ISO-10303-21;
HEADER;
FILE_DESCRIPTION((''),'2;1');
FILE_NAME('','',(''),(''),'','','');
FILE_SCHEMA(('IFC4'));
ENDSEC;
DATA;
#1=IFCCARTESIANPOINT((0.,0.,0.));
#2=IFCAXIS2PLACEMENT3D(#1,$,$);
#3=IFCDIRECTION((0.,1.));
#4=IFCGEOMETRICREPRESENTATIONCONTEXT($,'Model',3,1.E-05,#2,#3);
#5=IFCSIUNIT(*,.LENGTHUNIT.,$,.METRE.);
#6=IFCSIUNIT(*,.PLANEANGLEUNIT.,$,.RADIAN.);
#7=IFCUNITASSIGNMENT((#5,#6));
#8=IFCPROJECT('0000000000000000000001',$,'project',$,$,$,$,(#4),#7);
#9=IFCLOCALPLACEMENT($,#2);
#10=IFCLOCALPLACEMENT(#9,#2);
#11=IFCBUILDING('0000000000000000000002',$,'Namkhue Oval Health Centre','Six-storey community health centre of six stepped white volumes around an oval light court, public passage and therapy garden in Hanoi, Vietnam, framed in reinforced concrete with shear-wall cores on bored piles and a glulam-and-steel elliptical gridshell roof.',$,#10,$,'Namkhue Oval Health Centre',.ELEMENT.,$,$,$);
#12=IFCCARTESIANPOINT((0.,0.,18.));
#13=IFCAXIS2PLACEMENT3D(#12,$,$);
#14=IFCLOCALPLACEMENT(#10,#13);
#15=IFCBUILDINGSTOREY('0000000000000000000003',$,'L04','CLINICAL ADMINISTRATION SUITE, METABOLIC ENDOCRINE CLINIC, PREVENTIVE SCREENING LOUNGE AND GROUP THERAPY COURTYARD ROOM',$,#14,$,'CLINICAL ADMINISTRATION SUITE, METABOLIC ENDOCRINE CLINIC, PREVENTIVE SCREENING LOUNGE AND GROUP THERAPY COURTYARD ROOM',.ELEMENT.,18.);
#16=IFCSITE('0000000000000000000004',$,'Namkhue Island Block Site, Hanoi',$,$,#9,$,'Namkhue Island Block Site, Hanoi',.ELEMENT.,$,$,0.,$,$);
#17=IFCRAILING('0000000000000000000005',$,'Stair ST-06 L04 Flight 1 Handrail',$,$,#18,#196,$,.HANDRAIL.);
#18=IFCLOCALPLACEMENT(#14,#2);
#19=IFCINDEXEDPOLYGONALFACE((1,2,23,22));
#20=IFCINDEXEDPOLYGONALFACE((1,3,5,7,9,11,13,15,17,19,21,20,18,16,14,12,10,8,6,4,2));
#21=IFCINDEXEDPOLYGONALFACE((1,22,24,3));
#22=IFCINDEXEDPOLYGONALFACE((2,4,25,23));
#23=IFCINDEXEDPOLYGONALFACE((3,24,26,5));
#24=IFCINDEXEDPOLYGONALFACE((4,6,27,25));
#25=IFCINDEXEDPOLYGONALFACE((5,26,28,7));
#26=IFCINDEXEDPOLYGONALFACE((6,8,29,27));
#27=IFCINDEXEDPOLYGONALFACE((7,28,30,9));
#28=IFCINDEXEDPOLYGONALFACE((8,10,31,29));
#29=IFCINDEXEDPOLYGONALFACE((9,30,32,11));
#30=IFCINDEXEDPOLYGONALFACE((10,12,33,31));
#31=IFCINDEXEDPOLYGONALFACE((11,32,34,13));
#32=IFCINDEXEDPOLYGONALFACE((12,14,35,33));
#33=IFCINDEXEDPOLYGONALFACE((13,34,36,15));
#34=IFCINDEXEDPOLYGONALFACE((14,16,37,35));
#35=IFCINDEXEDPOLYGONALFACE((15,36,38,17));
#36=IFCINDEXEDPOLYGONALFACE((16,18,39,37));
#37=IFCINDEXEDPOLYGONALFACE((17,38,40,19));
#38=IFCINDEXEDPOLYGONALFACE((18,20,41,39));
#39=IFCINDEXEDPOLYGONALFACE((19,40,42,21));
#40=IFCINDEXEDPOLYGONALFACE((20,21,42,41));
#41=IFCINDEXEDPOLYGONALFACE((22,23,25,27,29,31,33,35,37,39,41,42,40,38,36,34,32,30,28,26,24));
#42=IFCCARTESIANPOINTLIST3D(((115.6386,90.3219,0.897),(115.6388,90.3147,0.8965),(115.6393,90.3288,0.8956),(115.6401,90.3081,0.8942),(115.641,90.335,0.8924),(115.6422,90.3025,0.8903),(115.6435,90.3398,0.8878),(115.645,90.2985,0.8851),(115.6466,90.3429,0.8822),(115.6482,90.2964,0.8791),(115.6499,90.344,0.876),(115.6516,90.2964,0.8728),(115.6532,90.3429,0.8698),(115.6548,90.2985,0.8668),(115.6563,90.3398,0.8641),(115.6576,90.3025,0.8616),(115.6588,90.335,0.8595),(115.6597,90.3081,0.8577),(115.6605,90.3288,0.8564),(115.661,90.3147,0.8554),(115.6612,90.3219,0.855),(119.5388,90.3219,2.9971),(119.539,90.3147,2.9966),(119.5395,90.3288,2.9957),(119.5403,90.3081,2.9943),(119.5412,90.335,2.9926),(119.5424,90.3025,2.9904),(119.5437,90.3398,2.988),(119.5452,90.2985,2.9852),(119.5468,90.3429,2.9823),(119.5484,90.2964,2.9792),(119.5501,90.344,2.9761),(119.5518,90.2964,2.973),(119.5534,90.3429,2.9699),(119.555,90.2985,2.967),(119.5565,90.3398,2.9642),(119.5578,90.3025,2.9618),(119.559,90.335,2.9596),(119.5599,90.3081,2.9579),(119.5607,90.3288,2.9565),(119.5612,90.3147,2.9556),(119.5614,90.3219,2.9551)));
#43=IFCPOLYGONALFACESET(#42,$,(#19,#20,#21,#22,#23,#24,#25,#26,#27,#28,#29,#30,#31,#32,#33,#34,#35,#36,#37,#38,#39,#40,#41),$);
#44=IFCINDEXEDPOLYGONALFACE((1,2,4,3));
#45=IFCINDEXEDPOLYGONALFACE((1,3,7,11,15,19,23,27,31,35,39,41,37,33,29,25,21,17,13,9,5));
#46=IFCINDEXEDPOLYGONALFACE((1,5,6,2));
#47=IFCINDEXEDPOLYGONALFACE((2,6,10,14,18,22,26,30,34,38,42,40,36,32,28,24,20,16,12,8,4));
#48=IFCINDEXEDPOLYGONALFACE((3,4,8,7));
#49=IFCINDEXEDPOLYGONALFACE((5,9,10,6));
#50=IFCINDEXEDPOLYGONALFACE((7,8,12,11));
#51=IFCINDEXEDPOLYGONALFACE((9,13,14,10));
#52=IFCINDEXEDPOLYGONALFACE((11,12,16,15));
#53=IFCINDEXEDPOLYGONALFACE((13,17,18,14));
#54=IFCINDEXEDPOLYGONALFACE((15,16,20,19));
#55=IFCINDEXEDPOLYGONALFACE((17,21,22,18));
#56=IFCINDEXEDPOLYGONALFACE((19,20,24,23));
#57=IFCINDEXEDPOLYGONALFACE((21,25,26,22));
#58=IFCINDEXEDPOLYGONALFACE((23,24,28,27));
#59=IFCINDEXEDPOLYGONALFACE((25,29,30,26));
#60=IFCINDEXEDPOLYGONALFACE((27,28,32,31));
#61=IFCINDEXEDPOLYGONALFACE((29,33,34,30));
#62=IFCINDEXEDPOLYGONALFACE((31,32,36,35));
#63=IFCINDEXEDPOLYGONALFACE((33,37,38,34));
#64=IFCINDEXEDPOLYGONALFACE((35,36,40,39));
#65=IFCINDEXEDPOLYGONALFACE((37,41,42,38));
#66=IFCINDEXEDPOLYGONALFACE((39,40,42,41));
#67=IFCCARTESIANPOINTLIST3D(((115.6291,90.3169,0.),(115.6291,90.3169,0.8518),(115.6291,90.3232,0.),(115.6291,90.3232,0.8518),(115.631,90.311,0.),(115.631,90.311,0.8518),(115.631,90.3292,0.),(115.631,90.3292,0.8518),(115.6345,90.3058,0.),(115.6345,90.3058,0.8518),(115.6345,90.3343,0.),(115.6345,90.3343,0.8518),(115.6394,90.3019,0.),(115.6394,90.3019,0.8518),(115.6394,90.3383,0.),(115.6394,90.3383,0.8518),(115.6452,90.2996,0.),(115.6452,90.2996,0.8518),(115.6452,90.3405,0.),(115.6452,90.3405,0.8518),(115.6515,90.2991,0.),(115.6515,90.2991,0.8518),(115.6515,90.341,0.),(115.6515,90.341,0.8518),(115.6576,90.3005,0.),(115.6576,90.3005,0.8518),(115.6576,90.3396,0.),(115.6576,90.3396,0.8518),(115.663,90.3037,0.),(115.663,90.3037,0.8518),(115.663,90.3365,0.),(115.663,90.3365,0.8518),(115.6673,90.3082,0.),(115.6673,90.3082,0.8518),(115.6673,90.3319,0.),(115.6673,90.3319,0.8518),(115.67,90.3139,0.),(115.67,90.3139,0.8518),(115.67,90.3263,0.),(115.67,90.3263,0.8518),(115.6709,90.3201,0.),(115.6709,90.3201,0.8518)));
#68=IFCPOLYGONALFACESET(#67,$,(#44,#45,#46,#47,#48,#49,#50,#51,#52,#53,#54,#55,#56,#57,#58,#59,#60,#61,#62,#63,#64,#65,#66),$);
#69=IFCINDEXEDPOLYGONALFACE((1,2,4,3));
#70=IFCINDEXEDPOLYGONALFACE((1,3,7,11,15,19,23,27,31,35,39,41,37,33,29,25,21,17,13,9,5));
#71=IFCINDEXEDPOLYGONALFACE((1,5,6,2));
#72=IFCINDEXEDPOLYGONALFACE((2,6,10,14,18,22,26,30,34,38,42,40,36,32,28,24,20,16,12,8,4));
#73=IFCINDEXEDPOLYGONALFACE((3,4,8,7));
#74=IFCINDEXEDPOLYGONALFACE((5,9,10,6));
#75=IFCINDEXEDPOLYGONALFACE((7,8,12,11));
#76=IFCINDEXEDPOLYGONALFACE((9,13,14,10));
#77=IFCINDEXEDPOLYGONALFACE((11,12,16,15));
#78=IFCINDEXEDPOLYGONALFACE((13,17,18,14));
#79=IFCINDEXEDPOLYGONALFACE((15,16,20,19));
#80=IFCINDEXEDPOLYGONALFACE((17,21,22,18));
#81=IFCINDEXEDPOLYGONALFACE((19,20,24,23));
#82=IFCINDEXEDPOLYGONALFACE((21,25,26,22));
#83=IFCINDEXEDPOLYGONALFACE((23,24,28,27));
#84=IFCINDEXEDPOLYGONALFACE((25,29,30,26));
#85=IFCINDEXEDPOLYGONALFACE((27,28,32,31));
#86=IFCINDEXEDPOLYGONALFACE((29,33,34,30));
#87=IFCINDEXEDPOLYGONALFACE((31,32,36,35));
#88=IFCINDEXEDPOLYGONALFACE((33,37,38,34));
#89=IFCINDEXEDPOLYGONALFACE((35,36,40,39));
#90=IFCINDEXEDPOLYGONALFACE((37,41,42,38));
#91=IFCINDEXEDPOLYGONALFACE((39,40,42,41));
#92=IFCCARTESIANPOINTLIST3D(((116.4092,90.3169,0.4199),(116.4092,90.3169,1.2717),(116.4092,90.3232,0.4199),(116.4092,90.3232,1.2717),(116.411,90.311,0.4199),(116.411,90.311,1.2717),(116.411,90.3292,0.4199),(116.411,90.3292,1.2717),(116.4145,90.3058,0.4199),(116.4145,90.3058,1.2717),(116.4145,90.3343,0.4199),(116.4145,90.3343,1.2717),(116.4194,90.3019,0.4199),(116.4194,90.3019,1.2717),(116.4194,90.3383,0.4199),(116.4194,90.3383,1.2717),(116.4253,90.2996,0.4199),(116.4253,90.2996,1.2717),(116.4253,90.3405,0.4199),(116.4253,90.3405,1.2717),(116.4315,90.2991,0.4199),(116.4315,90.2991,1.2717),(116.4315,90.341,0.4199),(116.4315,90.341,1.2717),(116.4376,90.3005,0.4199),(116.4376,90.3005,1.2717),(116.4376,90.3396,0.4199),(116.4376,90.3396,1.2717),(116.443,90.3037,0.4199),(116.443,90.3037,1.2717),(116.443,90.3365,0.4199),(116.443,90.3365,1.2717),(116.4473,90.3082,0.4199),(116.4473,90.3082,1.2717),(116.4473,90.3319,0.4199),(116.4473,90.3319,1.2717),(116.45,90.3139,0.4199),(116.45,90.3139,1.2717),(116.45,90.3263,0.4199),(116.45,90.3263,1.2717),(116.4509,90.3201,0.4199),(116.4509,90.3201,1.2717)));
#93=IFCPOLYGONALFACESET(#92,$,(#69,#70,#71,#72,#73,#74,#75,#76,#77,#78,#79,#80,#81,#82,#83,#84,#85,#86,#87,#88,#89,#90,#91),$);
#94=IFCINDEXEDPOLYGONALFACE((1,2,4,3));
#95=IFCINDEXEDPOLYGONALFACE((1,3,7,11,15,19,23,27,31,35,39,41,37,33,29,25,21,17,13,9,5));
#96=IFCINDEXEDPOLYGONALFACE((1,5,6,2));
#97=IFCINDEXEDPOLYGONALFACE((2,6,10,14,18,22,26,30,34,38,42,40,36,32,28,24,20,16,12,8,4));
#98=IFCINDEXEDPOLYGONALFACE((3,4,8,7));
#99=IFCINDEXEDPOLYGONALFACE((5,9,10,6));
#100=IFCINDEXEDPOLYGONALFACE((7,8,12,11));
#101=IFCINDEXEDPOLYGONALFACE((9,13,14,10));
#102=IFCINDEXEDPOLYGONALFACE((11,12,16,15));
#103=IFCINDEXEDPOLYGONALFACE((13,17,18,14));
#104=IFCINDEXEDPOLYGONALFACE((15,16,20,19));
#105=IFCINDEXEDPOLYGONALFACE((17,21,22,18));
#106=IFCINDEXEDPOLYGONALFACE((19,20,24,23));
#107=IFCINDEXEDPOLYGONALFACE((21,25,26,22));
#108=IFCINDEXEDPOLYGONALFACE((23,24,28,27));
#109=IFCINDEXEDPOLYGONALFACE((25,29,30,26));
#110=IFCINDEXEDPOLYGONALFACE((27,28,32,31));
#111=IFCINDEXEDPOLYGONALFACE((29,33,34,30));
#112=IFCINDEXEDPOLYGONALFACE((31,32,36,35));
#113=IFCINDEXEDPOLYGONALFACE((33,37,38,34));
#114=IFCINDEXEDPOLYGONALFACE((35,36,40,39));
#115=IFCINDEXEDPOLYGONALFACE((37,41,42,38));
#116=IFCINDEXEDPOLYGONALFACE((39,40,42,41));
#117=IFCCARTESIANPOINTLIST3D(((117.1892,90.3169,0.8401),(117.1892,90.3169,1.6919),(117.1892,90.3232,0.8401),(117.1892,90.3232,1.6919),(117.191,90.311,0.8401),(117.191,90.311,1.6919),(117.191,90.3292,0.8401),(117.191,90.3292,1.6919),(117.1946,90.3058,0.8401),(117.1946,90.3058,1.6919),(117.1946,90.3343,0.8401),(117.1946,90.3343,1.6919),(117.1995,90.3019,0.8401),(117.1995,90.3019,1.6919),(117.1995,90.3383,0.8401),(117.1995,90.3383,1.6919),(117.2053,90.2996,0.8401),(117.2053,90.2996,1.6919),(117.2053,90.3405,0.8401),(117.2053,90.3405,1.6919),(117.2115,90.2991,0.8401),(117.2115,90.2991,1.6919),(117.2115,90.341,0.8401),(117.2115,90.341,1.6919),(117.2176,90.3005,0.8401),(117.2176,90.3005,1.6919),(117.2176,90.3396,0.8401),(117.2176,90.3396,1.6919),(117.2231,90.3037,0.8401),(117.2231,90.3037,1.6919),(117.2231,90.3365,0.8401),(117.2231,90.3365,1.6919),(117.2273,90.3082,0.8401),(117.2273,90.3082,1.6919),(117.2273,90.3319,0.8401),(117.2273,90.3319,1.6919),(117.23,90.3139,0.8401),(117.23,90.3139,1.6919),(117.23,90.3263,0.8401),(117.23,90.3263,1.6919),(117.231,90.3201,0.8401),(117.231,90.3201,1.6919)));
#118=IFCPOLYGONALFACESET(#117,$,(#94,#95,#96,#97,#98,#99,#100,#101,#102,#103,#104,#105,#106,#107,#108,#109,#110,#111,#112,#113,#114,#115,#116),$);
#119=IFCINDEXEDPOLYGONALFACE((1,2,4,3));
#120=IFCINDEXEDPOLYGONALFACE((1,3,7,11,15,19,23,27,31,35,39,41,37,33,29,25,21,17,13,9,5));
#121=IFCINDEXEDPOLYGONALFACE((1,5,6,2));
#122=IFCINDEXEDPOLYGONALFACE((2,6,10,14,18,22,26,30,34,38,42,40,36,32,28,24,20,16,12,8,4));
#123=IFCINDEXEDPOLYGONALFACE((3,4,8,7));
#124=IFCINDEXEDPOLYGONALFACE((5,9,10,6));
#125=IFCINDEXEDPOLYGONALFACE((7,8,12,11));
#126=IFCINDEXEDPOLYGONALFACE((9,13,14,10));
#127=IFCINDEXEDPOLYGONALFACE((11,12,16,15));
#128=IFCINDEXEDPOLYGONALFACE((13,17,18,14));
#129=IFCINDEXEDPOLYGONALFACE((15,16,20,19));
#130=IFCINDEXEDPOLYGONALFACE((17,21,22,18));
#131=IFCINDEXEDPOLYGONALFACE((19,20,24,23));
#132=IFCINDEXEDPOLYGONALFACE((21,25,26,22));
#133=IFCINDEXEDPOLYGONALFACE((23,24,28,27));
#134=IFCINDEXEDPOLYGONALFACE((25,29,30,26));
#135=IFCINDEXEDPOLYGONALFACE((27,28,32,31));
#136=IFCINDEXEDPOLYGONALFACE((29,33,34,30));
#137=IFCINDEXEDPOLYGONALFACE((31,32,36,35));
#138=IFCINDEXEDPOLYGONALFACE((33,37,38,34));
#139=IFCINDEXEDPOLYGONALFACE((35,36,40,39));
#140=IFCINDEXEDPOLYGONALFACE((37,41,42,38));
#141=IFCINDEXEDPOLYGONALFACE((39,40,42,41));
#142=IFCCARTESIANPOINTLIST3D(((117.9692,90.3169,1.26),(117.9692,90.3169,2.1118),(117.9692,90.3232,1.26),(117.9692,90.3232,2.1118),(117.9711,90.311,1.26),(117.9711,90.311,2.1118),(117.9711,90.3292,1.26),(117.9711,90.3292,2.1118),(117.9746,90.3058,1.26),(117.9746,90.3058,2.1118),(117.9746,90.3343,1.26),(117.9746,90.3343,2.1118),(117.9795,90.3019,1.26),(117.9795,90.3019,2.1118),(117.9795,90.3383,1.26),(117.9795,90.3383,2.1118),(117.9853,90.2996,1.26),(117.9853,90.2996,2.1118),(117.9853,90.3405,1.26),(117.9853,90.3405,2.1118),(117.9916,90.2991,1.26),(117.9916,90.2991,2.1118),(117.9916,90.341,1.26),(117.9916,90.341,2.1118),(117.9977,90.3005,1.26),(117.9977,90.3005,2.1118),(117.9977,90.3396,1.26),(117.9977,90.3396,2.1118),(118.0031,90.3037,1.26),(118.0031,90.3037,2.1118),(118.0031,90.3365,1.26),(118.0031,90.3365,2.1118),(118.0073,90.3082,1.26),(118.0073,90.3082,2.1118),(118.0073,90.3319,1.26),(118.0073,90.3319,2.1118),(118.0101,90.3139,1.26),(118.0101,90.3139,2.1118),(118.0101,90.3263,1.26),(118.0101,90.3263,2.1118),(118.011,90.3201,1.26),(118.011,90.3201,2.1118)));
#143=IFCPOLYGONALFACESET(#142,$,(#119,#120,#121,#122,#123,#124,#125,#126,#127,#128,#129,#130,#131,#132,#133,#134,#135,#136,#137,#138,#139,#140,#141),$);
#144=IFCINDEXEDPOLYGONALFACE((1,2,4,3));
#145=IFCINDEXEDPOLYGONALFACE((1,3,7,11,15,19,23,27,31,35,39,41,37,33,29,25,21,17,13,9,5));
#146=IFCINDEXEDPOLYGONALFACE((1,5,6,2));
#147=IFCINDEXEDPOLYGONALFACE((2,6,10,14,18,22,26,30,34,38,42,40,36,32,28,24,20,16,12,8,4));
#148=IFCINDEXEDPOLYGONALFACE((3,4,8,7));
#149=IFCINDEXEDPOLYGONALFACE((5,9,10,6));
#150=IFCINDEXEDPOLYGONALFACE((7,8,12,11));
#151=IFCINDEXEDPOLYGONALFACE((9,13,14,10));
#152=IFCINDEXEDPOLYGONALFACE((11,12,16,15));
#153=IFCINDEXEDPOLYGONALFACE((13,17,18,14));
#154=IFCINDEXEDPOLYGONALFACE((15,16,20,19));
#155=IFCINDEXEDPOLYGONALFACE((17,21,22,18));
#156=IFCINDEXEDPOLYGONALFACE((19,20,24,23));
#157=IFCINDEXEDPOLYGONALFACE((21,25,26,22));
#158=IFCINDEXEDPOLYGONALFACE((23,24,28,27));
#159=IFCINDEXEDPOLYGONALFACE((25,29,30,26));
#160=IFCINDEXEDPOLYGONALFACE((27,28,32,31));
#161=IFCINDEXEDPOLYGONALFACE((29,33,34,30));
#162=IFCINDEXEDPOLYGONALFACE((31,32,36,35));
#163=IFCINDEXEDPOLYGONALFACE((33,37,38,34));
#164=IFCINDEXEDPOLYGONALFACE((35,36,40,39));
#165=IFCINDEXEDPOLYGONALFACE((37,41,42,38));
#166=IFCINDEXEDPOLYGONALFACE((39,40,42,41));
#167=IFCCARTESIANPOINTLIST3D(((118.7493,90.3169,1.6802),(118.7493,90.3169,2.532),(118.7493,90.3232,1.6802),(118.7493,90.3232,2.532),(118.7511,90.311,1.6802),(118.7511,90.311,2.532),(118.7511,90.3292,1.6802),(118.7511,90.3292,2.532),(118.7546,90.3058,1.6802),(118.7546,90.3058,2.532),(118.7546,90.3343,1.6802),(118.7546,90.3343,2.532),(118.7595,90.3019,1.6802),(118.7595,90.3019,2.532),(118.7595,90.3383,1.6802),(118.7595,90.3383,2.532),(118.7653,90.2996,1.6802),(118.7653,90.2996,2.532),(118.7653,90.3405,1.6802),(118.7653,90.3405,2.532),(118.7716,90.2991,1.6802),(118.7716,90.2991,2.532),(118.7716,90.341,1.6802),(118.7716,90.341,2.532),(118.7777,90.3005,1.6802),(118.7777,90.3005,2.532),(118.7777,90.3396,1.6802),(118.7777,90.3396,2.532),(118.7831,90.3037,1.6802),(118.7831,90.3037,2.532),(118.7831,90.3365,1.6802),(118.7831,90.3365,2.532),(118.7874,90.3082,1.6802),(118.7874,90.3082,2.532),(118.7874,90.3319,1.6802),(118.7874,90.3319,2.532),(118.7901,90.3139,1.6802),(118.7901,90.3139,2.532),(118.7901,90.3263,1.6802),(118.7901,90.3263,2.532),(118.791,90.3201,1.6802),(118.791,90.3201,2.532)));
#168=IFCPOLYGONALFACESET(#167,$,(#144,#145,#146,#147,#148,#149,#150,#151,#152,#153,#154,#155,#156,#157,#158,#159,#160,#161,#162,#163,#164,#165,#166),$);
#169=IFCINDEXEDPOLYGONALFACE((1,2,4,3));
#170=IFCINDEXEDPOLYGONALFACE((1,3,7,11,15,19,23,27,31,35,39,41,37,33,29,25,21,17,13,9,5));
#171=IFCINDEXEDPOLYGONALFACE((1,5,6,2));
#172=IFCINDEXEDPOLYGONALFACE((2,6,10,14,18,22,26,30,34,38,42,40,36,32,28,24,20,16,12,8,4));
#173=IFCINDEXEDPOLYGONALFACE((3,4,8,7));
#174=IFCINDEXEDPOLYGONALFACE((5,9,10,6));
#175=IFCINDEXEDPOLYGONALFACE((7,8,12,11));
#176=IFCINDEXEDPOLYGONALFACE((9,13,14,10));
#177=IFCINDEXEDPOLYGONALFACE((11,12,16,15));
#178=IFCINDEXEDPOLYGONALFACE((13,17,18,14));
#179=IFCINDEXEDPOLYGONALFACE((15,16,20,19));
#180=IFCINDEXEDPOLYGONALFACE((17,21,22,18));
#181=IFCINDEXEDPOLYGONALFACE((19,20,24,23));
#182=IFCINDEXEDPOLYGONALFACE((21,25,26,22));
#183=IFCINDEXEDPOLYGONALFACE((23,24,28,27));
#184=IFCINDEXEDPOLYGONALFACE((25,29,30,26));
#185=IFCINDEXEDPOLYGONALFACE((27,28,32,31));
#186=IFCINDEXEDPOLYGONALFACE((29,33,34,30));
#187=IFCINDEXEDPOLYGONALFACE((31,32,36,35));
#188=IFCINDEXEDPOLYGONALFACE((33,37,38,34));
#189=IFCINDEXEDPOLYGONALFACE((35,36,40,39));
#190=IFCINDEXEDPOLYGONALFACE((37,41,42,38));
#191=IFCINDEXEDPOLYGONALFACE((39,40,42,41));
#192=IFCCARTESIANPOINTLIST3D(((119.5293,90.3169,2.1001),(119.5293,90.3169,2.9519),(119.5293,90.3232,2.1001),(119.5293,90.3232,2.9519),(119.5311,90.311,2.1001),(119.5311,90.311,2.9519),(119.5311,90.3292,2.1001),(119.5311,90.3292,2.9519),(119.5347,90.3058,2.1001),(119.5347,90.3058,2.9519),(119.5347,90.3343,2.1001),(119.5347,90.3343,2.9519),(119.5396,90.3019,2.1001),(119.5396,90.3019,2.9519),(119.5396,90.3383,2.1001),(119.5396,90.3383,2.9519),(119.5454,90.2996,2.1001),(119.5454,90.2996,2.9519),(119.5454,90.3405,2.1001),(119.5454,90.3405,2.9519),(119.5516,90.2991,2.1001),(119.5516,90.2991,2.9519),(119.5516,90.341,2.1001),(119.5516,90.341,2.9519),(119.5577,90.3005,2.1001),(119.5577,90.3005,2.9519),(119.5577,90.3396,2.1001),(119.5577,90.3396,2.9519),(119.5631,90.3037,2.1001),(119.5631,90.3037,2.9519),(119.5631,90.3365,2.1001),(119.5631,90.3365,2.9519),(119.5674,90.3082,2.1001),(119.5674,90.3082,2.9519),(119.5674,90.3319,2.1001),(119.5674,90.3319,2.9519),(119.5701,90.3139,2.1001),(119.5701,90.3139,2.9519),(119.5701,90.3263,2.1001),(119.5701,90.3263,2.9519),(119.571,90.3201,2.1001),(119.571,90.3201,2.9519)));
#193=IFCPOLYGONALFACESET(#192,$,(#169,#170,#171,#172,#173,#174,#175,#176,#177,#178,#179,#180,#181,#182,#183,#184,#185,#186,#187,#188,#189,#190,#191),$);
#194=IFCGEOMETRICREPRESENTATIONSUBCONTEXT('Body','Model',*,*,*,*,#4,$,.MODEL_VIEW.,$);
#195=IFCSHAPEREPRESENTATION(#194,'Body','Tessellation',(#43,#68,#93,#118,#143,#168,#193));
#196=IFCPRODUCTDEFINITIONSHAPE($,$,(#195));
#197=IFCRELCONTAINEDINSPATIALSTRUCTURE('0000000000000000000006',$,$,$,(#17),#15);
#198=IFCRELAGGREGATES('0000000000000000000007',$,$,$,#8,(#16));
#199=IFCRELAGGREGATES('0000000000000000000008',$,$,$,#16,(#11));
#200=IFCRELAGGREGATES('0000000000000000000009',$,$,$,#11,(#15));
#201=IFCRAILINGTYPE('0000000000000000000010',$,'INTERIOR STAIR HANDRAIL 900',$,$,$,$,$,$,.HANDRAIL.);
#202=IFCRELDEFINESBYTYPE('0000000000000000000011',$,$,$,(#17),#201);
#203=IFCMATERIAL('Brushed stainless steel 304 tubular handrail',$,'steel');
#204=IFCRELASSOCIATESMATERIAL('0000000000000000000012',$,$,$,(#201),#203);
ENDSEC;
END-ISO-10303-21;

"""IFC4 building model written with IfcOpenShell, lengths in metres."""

from ifc_helpers import new_model, si_unit, direction, frame, origin, origin_2d, place, context, subcontext, project, spatial, circle, extrude, material, type_object, element, save


model = new_model("IFC4")

# Units and contexts
model_context = context("Model", 3, precision=1e-05, world=origin(), true_north=direction((0.0, 1.0)))
body_context = subcontext(model_context, "Body", "Model", "MODEL_VIEW")
ifc_project = project(units=[si_unit("LENGTHUNIT", "METRE"), si_unit("PLANEANGLEUNIT", "RADIAN")], contexts=[model_context])

# Site, building, storey
site_placement = place(None, origin())
site = spatial("IfcSite", under=ifc_project, at=site_placement, Name="Namkhue Island Block Site, Hanoi", LongName="Namkhue Island Block Site, Hanoi", CompositionType="ELEMENT", RefElevation=0.0)
building_placement = place(site_placement, origin())
building = spatial("IfcBuilding", under=site, at=building_placement, Name="Namkhue Oval Health Centre", Description="Six-storey community health centre of six stepped white volumes around an oval light court, public passage and therapy garden in Hanoi, Vietnam, framed in reinforced concrete with shear-wall cores on bored piles and a glulam-and-steel elliptical gridshell roof.", LongName="Namkhue Oval Health Centre", CompositionType="ELEMENT")
storey_placement = place(building_placement, frame((0.0, 0.0, 18.0)))
storey = spatial("IfcBuildingStorey", under=building, at=storey_placement, Name="L04", Description="CLINICAL ADMINISTRATION SUITE, METABOLIC ENDOCRINE CLINIC, PREVENTIVE SCREENING LOUNGE AND GROUP THERAPY COURTYARD ROOM", LongName="CLINICAL ADMINISTRATION SUITE, METABOLIC ENDOCRINE CLINIC, PREVENTIVE SCREENING LOUNGE AND GROUP THERAPY COURTYARD ROOM", CompositionType="ELEMENT", Elevation=18.0)

# Railing
ifc_material_1 = material(Name="Brushed stainless steel 304 tubular handrail", Category="steel")
railing_type_1 = type_object("IfcRailingType", Name="INTERIOR STAIR HANDRAIL 900", PredefinedType="HANDRAIL", material=ifc_material_1)
railing_1_placement = place(storey_placement, frame((115.6499, 90.3201, 0.0)))
element("IfcRailing", 1, at=railing_1_placement, inside=storey, type_object=railing_type_1, Name="Stair ST-06 L04 Flight 1 Handrail", PredefinedType="HANDRAIL", context=body_context, shape_type="SweptSolid", body=[
    extrude(circle(Radius=0.0239, at=origin_2d()), frame((0.0, 0.0, 0.876), z_axis=(0.880469, 0.0, 0.474103), x_axis=(0.0, 1.0, 0.0)), (0.0, 0.0, 1.0), 4.4297),
    extrude(circle(Radius=0.021, at=origin_2d()), origin(), (0.0, 0.0, 1.0), 0.8518),
    extrude(circle(Radius=0.021, at=origin_2d()), frame((0.78, 0.0, 0.4199)), (0.0, 0.0, 1.0), 0.8518),
    extrude(circle(Radius=0.021, at=origin_2d()), frame((1.5601, 0.0, 0.8401)), (0.0, 0.0, 1.0), 0.8518),
    extrude(circle(Radius=0.021, at=origin_2d()), frame((2.3401, 0.0, 1.26)), (0.0, 0.0, 1.0), 0.8518),
    extrude(circle(Radius=0.021, at=origin_2d()), frame((3.1201, 0.0, 1.6802)), (0.0, 0.0, 1.0), 0.8518),
    extrude(circle(Radius=0.021, at=origin_2d()), frame((3.9001, 0.0, 2.1001)), (0.0, 0.0, 1.0), 0.8518),
])

save(model, "model.ifc")
